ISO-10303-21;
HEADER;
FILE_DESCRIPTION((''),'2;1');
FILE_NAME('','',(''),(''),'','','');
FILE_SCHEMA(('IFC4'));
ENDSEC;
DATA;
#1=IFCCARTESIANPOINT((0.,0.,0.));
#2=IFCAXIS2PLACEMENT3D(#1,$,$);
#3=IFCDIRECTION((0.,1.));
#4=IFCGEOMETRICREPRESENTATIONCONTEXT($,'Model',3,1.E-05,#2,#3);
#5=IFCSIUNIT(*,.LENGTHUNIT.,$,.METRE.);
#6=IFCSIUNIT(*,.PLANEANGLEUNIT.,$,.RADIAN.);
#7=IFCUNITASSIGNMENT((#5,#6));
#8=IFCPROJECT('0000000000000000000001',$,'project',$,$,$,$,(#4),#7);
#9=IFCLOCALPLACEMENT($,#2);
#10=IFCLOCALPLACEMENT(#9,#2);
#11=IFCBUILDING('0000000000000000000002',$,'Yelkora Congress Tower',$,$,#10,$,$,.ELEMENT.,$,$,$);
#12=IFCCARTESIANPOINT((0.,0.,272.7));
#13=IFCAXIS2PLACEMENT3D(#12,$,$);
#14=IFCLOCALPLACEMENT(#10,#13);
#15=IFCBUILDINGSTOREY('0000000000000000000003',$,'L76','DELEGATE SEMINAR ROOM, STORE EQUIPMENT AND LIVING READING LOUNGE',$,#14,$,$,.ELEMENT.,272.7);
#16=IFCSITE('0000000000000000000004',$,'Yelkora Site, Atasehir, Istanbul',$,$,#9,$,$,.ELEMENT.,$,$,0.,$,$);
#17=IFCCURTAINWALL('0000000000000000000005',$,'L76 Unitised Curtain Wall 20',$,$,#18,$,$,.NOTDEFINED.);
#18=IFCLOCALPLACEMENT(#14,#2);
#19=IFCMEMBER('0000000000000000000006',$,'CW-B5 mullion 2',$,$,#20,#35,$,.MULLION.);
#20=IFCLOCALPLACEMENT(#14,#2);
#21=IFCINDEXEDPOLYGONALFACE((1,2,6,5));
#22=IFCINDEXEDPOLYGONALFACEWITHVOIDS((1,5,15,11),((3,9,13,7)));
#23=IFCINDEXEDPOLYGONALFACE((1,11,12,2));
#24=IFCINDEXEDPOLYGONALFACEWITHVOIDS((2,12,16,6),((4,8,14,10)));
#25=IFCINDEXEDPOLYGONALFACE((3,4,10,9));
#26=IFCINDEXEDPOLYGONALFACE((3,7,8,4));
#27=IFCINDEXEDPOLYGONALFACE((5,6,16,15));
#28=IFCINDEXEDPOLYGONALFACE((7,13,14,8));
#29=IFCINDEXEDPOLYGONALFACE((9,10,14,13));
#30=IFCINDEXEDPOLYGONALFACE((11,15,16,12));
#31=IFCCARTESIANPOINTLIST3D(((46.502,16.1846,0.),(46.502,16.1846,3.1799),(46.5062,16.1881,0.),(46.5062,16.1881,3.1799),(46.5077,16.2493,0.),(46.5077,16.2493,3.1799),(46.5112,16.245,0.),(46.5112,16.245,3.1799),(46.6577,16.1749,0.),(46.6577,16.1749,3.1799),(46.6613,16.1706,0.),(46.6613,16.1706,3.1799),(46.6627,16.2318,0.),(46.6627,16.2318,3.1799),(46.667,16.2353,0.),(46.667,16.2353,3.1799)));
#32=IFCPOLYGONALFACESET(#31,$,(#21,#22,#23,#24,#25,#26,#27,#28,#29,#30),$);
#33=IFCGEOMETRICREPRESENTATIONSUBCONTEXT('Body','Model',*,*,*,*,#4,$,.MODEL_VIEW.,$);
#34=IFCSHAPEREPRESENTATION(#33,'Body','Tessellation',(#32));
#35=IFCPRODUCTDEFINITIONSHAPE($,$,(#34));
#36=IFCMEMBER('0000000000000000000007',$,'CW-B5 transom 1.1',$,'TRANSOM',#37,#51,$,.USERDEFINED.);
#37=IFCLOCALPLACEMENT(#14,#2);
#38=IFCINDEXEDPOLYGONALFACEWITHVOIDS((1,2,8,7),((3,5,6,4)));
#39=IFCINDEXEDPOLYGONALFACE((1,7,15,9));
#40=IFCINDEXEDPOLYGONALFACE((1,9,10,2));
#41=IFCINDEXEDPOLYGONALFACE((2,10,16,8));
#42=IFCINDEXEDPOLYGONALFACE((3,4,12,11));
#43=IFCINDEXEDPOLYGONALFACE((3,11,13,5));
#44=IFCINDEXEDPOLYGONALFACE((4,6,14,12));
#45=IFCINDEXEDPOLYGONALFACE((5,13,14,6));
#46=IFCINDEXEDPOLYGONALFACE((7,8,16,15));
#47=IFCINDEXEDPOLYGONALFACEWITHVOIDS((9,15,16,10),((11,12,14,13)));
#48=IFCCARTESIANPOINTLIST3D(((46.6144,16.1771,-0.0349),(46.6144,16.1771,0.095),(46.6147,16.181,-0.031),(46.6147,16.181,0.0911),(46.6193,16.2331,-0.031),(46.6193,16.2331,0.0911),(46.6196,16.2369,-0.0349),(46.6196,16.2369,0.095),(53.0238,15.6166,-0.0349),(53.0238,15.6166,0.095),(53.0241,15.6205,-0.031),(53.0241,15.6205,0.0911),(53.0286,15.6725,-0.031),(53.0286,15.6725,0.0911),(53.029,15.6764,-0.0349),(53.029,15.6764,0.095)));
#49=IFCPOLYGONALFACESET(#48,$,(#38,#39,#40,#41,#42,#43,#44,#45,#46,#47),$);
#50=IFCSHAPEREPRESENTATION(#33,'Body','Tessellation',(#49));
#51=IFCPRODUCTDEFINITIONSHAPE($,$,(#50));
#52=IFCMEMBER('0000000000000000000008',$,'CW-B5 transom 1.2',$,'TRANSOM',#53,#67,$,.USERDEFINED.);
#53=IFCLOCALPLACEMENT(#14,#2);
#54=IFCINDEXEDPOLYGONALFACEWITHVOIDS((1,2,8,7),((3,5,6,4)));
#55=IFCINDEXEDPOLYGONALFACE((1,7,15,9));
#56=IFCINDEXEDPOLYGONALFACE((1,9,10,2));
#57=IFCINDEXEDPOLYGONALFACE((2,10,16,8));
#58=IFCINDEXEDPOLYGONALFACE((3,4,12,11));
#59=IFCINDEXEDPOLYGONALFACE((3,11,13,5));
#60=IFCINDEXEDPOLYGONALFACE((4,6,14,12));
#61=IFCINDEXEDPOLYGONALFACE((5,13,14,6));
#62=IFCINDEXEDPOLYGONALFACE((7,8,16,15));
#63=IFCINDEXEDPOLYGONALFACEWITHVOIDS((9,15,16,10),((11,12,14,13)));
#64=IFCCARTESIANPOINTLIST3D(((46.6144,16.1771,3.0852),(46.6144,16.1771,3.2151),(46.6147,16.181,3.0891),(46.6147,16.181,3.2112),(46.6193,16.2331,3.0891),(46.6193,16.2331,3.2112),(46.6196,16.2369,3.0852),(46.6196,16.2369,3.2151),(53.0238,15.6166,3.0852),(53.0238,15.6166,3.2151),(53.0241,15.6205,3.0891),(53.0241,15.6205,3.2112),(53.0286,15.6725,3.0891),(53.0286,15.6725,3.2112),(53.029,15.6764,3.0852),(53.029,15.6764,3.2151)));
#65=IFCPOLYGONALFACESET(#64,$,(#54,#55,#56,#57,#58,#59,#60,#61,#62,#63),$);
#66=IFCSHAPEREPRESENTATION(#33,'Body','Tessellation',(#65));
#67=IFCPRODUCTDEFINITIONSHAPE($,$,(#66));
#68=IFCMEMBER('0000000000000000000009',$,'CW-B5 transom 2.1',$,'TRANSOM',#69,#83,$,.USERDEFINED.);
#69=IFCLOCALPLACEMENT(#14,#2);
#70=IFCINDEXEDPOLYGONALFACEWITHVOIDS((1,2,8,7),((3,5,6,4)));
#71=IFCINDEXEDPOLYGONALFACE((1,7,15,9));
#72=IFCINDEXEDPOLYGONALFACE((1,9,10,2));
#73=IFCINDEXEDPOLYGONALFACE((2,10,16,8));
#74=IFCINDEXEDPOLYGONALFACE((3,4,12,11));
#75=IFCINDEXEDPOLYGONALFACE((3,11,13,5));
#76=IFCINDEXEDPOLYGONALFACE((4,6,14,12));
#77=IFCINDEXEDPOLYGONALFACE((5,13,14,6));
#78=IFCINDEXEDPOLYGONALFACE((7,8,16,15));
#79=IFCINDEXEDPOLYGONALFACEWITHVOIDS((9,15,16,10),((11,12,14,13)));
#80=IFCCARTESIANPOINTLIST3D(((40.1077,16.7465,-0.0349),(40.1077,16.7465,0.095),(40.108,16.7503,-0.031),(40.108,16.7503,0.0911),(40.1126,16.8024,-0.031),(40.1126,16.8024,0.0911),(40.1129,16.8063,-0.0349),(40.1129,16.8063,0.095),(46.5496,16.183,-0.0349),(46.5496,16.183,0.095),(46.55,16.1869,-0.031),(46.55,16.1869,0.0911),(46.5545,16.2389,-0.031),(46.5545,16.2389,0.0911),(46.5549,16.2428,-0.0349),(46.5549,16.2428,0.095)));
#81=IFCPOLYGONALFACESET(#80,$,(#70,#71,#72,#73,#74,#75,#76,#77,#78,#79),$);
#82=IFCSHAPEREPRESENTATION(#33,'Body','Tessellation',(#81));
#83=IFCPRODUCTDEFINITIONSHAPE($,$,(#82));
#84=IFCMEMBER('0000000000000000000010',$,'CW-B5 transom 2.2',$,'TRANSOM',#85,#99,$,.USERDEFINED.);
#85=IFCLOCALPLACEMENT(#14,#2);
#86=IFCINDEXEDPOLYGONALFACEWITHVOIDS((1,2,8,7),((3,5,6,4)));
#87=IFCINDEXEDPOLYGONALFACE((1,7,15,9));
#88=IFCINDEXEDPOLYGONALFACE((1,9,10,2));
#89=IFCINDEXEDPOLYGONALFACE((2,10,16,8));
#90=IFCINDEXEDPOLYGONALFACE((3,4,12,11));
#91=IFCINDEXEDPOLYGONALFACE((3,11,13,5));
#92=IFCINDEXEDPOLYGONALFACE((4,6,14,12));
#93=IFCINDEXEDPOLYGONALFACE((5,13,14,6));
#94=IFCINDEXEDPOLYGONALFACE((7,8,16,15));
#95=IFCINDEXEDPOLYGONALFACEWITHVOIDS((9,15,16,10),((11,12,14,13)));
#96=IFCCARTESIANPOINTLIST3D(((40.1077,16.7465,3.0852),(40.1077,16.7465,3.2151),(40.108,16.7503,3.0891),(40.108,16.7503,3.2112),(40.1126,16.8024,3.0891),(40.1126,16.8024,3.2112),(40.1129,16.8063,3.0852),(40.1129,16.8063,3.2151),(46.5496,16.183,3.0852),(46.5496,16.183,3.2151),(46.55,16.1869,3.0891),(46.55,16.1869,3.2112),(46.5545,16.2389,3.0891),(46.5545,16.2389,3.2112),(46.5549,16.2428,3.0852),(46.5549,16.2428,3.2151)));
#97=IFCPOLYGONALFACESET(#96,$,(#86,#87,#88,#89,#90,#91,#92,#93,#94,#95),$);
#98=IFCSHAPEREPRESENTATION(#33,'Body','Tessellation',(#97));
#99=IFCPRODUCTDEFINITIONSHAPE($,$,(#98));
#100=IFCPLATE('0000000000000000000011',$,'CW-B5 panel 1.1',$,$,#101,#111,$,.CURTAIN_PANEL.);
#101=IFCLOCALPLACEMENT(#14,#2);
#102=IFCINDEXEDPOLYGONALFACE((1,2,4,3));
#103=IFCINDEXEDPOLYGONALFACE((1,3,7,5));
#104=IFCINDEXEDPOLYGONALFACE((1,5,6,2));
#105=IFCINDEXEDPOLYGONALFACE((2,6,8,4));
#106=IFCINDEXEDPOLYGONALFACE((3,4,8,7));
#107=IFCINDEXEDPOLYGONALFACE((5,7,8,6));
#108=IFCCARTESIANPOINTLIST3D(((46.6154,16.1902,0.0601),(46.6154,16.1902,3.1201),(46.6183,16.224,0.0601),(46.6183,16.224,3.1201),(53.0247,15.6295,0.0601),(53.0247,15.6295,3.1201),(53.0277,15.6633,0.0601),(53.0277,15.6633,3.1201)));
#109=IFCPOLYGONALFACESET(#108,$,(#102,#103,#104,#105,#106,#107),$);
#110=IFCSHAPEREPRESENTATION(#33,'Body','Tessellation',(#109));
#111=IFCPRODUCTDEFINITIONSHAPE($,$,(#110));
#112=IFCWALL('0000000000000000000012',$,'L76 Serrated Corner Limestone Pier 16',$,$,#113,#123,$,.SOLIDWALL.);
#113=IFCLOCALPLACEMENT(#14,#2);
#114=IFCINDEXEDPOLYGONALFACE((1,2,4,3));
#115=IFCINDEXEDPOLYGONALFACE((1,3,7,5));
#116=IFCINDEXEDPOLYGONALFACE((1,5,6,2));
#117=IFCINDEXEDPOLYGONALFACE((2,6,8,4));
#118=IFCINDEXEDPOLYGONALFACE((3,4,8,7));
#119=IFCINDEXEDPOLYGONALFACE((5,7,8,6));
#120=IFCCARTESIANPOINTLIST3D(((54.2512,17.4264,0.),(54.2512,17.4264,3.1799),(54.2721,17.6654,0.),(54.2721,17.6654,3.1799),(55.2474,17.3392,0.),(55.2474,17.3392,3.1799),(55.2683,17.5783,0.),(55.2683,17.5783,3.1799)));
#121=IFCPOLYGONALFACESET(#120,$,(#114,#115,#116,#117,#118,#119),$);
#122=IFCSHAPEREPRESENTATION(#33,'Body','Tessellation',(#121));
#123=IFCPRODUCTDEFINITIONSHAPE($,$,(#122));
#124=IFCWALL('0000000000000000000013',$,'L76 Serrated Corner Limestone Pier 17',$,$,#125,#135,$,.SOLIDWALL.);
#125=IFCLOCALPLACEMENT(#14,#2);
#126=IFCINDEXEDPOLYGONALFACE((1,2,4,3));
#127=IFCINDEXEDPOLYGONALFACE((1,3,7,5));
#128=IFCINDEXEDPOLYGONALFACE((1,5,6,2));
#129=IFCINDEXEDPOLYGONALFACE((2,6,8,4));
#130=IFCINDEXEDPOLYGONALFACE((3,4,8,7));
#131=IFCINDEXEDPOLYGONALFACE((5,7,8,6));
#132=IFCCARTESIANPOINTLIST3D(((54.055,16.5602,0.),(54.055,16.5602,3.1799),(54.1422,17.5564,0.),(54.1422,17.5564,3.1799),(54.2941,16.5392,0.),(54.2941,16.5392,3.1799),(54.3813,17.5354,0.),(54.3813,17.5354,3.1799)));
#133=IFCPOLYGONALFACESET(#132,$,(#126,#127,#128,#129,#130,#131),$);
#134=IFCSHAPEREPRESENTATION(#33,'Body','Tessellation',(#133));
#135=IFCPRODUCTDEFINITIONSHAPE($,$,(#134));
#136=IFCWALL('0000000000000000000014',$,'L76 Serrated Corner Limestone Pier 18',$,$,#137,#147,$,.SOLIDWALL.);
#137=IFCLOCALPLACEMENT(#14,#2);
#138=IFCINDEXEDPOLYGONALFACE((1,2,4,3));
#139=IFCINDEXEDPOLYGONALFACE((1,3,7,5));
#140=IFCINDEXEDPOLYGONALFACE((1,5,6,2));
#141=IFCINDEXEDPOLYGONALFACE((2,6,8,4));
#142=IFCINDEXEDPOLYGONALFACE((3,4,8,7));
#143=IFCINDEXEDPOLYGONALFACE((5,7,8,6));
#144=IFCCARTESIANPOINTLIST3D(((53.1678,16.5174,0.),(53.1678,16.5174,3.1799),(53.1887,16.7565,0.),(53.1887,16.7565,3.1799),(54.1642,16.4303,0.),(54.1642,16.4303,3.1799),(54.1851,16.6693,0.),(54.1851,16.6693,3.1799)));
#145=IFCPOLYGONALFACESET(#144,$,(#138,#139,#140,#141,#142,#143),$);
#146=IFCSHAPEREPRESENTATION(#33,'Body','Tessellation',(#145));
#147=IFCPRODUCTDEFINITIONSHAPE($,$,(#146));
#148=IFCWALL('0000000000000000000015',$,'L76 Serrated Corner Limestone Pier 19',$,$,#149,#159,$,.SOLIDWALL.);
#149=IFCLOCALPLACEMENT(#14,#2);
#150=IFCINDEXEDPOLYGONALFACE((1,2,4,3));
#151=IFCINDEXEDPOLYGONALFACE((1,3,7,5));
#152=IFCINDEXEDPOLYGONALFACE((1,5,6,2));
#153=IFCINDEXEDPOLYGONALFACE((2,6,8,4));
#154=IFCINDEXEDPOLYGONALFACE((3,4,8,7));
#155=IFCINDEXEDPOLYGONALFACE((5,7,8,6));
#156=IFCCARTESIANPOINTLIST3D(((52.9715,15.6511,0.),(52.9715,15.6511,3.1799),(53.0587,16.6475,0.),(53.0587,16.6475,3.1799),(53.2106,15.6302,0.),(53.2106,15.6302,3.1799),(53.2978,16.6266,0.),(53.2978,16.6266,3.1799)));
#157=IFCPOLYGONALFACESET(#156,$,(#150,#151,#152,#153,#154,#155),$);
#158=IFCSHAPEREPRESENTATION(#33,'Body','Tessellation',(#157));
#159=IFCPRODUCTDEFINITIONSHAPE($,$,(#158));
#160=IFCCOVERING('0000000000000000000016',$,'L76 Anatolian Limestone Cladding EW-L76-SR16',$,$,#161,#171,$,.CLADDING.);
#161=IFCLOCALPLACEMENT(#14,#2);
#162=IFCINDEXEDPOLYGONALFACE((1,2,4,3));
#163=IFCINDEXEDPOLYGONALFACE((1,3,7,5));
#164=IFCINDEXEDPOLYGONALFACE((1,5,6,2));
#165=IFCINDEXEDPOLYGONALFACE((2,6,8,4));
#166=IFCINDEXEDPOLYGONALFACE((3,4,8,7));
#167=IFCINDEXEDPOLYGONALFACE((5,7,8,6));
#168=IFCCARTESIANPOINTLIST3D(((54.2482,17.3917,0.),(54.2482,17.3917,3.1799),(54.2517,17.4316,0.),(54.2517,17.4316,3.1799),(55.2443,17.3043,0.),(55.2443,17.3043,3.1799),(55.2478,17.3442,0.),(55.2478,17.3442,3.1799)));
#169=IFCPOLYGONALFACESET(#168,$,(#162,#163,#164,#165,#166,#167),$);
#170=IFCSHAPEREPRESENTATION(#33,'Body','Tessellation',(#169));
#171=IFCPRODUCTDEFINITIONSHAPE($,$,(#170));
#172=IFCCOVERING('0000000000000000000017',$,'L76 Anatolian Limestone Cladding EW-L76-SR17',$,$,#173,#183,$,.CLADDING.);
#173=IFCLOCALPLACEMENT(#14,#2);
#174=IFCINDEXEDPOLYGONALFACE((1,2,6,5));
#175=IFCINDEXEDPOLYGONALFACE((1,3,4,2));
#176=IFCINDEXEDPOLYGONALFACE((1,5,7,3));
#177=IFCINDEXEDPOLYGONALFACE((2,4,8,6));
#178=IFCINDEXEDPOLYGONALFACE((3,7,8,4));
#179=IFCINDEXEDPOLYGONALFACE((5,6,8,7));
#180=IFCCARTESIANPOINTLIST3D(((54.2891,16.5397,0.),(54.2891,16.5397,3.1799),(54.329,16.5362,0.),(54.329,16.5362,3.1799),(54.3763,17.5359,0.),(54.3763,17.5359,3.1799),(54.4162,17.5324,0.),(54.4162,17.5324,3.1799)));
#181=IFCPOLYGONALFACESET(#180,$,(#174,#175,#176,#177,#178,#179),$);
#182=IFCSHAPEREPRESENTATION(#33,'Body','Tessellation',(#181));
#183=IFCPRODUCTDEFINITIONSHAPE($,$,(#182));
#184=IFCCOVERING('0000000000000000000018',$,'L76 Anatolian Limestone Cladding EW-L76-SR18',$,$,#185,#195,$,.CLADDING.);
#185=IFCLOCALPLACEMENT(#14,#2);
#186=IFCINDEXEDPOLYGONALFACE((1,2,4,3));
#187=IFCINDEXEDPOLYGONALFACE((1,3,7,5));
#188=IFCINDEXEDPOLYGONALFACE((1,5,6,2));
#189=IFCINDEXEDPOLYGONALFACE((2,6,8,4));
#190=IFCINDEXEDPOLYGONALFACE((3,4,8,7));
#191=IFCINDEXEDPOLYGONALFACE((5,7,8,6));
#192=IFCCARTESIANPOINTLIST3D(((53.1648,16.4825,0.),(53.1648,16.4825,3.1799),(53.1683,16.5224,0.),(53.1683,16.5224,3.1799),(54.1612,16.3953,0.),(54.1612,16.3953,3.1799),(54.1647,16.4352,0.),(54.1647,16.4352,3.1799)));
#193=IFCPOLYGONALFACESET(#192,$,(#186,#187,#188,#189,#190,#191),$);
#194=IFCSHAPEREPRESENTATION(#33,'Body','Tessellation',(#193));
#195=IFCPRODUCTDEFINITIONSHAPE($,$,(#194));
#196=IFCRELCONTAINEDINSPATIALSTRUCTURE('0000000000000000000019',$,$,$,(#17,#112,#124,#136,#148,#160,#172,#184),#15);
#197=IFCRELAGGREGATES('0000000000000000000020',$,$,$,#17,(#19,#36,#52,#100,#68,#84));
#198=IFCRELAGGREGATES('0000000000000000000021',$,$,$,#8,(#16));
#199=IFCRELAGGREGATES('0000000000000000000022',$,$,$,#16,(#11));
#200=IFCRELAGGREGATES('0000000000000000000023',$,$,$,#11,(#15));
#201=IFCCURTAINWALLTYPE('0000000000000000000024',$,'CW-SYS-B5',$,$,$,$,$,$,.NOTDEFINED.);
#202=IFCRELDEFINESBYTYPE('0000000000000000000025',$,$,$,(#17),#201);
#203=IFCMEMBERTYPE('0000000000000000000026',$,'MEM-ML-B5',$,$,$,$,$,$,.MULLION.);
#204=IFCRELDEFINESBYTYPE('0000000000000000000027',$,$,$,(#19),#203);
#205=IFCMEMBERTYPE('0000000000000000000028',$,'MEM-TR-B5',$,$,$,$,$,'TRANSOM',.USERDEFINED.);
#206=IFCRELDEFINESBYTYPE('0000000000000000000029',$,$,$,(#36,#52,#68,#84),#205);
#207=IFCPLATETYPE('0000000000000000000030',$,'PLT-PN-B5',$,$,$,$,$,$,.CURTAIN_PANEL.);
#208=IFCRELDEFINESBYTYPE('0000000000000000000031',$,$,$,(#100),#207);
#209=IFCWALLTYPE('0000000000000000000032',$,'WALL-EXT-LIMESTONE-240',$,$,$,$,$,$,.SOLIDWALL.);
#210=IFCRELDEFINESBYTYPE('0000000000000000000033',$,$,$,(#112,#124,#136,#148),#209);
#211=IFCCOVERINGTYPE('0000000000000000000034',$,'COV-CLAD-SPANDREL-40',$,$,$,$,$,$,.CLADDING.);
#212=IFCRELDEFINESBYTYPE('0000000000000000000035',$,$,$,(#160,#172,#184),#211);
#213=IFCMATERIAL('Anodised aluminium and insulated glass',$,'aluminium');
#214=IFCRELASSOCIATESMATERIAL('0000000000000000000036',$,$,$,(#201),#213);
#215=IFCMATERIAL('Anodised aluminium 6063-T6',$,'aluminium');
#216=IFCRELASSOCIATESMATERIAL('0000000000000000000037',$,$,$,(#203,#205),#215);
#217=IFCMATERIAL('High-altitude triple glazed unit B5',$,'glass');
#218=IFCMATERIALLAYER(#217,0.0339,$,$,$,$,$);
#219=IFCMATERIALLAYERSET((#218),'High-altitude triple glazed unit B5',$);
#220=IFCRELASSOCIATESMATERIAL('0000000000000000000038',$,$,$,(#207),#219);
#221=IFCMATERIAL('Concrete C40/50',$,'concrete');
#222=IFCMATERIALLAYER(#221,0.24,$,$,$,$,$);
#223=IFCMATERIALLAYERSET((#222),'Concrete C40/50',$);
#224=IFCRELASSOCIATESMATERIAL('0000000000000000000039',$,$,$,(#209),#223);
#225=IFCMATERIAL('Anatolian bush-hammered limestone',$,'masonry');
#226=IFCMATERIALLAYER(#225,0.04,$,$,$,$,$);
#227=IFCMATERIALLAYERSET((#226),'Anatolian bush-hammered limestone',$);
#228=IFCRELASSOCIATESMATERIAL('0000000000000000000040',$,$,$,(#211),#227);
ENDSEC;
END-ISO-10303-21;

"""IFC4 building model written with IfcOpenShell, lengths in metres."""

from ifc_helpers import new_model, si_unit, direction, frame, frame_2d, origin, origin_2d, place, context, subcontext, project, spatial, rectangle, hollow_rectangle, extrude, material, layer, layer_set, material_profile, profile_set, type_object, element, aggregate, save


model = new_model("IFC4")

# Units and contexts
model_context = context("Model", 3, precision=1e-05, world=origin(), true_north=direction((0.0, 1.0)))
body_context = subcontext(model_context, "Body", "Model", "MODEL_VIEW")
ifc_project = project(units=[si_unit("LENGTHUNIT", "METRE"), si_unit("PLANEANGLEUNIT", "RADIAN")], contexts=[model_context])

# Site, building, storey
site_placement = place(None, origin())
site = spatial("IfcSite", under=ifc_project, at=site_placement, Name="Yelkora Site, Atasehir, Istanbul", CompositionType="ELEMENT", RefElevation=0.0)
building_placement = place(site_placement, origin())
building = spatial("IfcBuilding", under=site, at=building_placement, Name="Yelkora Congress Tower", CompositionType="ELEMENT")
storey_placement = place(building_placement, frame((0.0, 0.0, 272.7)))
storey = spatial("IfcBuildingStorey", under=building, at=storey_placement, Name="L76", Description="DELEGATE SEMINAR ROOM, STORE EQUIPMENT AND LIVING READING LOUNGE", CompositionType="ELEMENT", Elevation=272.7)

# Shared definitions
ifc_material_1 = material(Name="Anodised aluminium and insulated glass", Category="aluminium")
curtain_wall_type = type_object("IfcCurtainWallType", Name="CW-SYS-B5", PredefinedType="NOTDEFINED", material=ifc_material_1)
ifc_material_2 = material(Name="Anodised aluminium 6063-T6", Category="aluminium")
ifc_material_profile_1 = material_profile(ifc_material_2, hollow_rectangle(XDim=0.0649, YDim=0.1599, WallThickness=0.0039, at=origin_2d()), Name="ALU 65x160x4")
ifc_profile_set_1 = profile_set([ifc_material_profile_1], Name="Anodised aluminium 6063-T6")
member_type_1 = type_object("IfcMemberType", Name="MEM-ML-B5", PredefinedType="MULLION", material=ifc_profile_set_1)

# Curtain wall, members, plate
curtain_wall_1_placement = place(storey_placement, origin())
curtain_wall_1 = element("IfcCurtainWall", 1, at=curtain_wall_1_placement, inside=storey, type_object=curtain_wall_type, Name="L76 Unitised Curtain Wall 20", PredefinedType="NOTDEFINED")
member_1_placement = place(storey_placement, frame((46.5845, 16.21, 0.0), z_axis=(0.0, 0.0, 1.0), x_axis=(-0.087157, -0.996195, 0.0)))
member_1 = element("IfcMember", 2, at=member_1_placement, type_object=member_type_1, Name="CW-B5 mullion 2", PredefinedType="MULLION", context=body_context, shape_type="SweptSolid", body=[
    extrude(hollow_rectangle(XDim=0.0649, YDim=0.1599, WallThickness=0.0039, at=origin_2d()), origin(), (0.0, 0.0, 1.0), 3.1799),
])
ifc_material_profile_2 = material_profile(ifc_material_2, hollow_rectangle(XDim=0.0601, YDim=0.1299, WallThickness=0.0039, at=origin_2d()), Name="ALU 60x130x4")
ifc_profile_set_2 = profile_set([ifc_material_profile_2], Name="Anodised aluminium 6063-T6")
member_type_2 = type_object("IfcMemberType", Name="MEM-TR-B5", ElementType="TRANSOM", PredefinedType="USERDEFINED", material=ifc_profile_set_2)
member_2_placement = place(storey_placement, frame((53.0264, 15.6465, 0.03), z_axis=(-0.996197, 0.087124, 0.0), x_axis=(-0.087124, -0.996197, 0.0)))
member_2 = element("IfcMember", 3, at=member_2_placement, type_object=member_type_2, Name="CW-B5 transom 1.1", ObjectType="TRANSOM", PredefinedType="USERDEFINED", context=body_context, shape_type="SweptSolid", body=[
    extrude(hollow_rectangle(XDim=0.0601, YDim=0.1299, WallThickness=0.0039, at=origin_2d()), origin(), (0.0, 0.0, 1.0), 6.4338),
])
member_3_placement = place(storey_placement, frame((53.0264, 15.6465, 3.1501), z_axis=(-0.996197, 0.087124, 0.0), x_axis=(-0.087124, -0.996197, 0.0)))
member_3 = element("IfcMember", 4, at=member_3_placement, type_object=member_type_2, Name="CW-B5 transom 1.2", ObjectType="TRANSOM", PredefinedType="USERDEFINED", context=body_context, shape_type="SweptSolid", body=[
    extrude(hollow_rectangle(XDim=0.0601, YDim=0.1299, WallThickness=0.0039, at=origin_2d()), origin(), (0.0, 0.0, 1.0), 6.4338),
])
member_4_placement = place(storey_placement, frame((46.5522, 16.2129, 0.03), z_axis=(-0.996196, 0.087138, 0.0), x_axis=(-0.087138, -0.996196, 0.0)))
member_4 = element("IfcMember", 5, at=member_4_placement, type_object=member_type_2, Name="CW-B5 transom 2.1", ObjectType="TRANSOM", PredefinedType="USERDEFINED", context=body_context, shape_type="SweptSolid", body=[
    extrude(hollow_rectangle(XDim=0.0601, YDim=0.1299, WallThickness=0.0039, at=origin_2d()), origin(), (0.0, 0.0, 1.0), 6.4666),
])
member_5_placement = place(storey_placement, frame((46.5522, 16.2129, 3.1501), z_axis=(-0.996196, 0.087138, 0.0), x_axis=(-0.087138, -0.996196, 0.0)))
member_5 = element("IfcMember", 6, at=member_5_placement, type_object=member_type_2, Name="CW-B5 transom 2.2", ObjectType="TRANSOM", PredefinedType="USERDEFINED", context=body_context, shape_type="SweptSolid", body=[
    extrude(hollow_rectangle(XDim=0.0601, YDim=0.1299, WallThickness=0.0039, at=origin_2d()), origin(), (0.0, 0.0, 1.0), 6.4666),
])
ifc_material_3 = material(Name="High-altitude triple glazed unit B5", Category="glass")
ifc_layer_1 = layer(ifc_material_3, 0.0339)
ifc_layer_set_1 = layer_set([ifc_layer_1], Name="High-altitude triple glazed unit B5")
plate_type = type_object("IfcPlateType", Name="PLT-PN-B5", PredefinedType="CURTAIN_PANEL", material=ifc_layer_set_1)
plate_placement = place(storey_placement, frame((49.8215, 15.9268, 0.0601), z_axis=(0.0, 0.0, 1.0), x_axis=(-0.996195, 0.087157, 0.0)))
plate = element("IfcPlate", 7, at=plate_placement, type_object=plate_type, Name="CW-B5 panel 1.1", PredefinedType="CURTAIN_PANEL", context=body_context, shape_type="SweptSolid", body=[
    extrude(rectangle(XDim=6.4338, YDim=0.0339, at=origin_2d()), origin(), (0.0, 0.0, 1.0), 3.0601),
])
aggregate(curtain_wall_1, [member_1, member_2, member_3, plate, member_4, member_5])

# Walls
ifc_material_4 = material(Name="Concrete C40/50", Category="concrete")
ifc_layer_2 = layer(ifc_material_4, 0.24)
ifc_layer_set_2 = layer_set([ifc_layer_2], Name="Concrete C40/50")
wall_type = type_object("IfcWallType", Name="WALL-EXT-LIMESTONE-240", PredefinedType="SOLIDWALL", material=ifc_layer_set_2)
for number, where, z_axis, x_axis, name in (
    (8, (55.2578, 17.4587, 0.0), (0.0, 0.0, 1.0), (-0.996194, 0.087167, 0.0), "L76 Serrated Corner Limestone Pier 16"),
    (9, (54.2617, 17.5459, 0.0), (0.0, 0.0, 1.0), (-0.087167, -0.996194, 0.0), "L76 Serrated Corner Limestone Pier 17"),
):
    element("IfcWall", number, at=place(storey_placement, frame(where, z_axis=z_axis, x_axis=x_axis)), inside=storey, type_object=wall_type, Name=name, PredefinedType="SOLIDWALL", context=body_context, shape_type="SweptSolid", body=[
        extrude(rectangle(XDim=1.0, YDim=0.24, at=frame_2d((0.5, 0.0))), origin(), (0.0, 0.0, 1.0), 3.1799),
    ])
for number, where, z_axis, x_axis, name in (
    (10, (54.1746, 16.5498, 0.0), (0.0, 0.0, 1.0), (-0.996196, 0.087146, 0.0), "L76 Serrated Corner Limestone Pier 18"),
    (11, (53.1782, 16.637, 0.0), (0.0, 0.0, 1.0), (-0.087146, -0.996196, 0.0), "L76 Serrated Corner Limestone Pier 19"),
):
    element("IfcWall", number, at=place(storey_placement, frame(where, z_axis=z_axis, x_axis=x_axis)), inside=storey, type_object=wall_type, Name=name, PredefinedType="SOLIDWALL", context=body_context, shape_type="SweptSolid", body=[
        extrude(rectangle(XDim=1.0002, YDim=0.24, at=frame_2d((0.5, 0.0))), origin(), (0.0, 0.0, 1.0), 3.1799),
    ])

# Coverings
ifc_material_5 = material(Name="Anatolian bush-hammered limestone", Category="masonry")
ifc_layer_3 = layer(ifc_material_5, 0.04)
ifc_layer_set_3 = layer_set([ifc_layer_3], Name="Anatolian bush-hammered limestone")
covering_type = type_object("IfcCoveringType", Name="COV-CLAD-SPANDREL-40", PredefinedType="CLADDING", material=ifc_layer_set_3)
for number, where, z_axis, x_axis, name in (
    (12, (55.2461, 17.3242, 0.0), (0.0, 0.0, 1.0), (-0.996172, 0.087409, 0.0), "L76 Anatolian Limestone Cladding EW-L76-SR16"),
    (13, (54.3962, 17.5342, 0.0), (0.0, 0.0, 1.0), (-0.087167, -0.996194, 0.0), "L76 Anatolian Limestone Cladding EW-L76-SR17"),
):
    element("IfcCovering", number, at=place(storey_placement, frame(where, z_axis=z_axis, x_axis=x_axis)), inside=storey, type_object=covering_type, Name=name, PredefinedType="CLADDING", context=body_context, shape_type="SweptSolid", body=[
        extrude(rectangle(XDim=1.0, YDim=0.04, at=frame_2d((0.5, 0.0))), origin(), (0.0, 0.0, 1.0), 3.1799),
    ])
covering_1_placement = place(storey_placement, frame((54.1628, 16.4153, 0.0), z_axis=(0.0, 0.0, 1.0), x_axis=(-0.996196, 0.087146, 0.0)))
element("IfcCovering", 14, at=covering_1_placement, inside=storey, type_object=covering_type, Name="L76 Anatolian Limestone Cladding EW-L76-SR18", PredefinedType="CLADDING", context=body_context, shape_type="SweptSolid", body=[
    extrude(rectangle(XDim=1.0002, YDim=0.04, at=frame_2d((0.5, 0.0))), origin(), (0.0, 0.0, 1.0), 3.1799),
])

save(model, "model.ifc")
